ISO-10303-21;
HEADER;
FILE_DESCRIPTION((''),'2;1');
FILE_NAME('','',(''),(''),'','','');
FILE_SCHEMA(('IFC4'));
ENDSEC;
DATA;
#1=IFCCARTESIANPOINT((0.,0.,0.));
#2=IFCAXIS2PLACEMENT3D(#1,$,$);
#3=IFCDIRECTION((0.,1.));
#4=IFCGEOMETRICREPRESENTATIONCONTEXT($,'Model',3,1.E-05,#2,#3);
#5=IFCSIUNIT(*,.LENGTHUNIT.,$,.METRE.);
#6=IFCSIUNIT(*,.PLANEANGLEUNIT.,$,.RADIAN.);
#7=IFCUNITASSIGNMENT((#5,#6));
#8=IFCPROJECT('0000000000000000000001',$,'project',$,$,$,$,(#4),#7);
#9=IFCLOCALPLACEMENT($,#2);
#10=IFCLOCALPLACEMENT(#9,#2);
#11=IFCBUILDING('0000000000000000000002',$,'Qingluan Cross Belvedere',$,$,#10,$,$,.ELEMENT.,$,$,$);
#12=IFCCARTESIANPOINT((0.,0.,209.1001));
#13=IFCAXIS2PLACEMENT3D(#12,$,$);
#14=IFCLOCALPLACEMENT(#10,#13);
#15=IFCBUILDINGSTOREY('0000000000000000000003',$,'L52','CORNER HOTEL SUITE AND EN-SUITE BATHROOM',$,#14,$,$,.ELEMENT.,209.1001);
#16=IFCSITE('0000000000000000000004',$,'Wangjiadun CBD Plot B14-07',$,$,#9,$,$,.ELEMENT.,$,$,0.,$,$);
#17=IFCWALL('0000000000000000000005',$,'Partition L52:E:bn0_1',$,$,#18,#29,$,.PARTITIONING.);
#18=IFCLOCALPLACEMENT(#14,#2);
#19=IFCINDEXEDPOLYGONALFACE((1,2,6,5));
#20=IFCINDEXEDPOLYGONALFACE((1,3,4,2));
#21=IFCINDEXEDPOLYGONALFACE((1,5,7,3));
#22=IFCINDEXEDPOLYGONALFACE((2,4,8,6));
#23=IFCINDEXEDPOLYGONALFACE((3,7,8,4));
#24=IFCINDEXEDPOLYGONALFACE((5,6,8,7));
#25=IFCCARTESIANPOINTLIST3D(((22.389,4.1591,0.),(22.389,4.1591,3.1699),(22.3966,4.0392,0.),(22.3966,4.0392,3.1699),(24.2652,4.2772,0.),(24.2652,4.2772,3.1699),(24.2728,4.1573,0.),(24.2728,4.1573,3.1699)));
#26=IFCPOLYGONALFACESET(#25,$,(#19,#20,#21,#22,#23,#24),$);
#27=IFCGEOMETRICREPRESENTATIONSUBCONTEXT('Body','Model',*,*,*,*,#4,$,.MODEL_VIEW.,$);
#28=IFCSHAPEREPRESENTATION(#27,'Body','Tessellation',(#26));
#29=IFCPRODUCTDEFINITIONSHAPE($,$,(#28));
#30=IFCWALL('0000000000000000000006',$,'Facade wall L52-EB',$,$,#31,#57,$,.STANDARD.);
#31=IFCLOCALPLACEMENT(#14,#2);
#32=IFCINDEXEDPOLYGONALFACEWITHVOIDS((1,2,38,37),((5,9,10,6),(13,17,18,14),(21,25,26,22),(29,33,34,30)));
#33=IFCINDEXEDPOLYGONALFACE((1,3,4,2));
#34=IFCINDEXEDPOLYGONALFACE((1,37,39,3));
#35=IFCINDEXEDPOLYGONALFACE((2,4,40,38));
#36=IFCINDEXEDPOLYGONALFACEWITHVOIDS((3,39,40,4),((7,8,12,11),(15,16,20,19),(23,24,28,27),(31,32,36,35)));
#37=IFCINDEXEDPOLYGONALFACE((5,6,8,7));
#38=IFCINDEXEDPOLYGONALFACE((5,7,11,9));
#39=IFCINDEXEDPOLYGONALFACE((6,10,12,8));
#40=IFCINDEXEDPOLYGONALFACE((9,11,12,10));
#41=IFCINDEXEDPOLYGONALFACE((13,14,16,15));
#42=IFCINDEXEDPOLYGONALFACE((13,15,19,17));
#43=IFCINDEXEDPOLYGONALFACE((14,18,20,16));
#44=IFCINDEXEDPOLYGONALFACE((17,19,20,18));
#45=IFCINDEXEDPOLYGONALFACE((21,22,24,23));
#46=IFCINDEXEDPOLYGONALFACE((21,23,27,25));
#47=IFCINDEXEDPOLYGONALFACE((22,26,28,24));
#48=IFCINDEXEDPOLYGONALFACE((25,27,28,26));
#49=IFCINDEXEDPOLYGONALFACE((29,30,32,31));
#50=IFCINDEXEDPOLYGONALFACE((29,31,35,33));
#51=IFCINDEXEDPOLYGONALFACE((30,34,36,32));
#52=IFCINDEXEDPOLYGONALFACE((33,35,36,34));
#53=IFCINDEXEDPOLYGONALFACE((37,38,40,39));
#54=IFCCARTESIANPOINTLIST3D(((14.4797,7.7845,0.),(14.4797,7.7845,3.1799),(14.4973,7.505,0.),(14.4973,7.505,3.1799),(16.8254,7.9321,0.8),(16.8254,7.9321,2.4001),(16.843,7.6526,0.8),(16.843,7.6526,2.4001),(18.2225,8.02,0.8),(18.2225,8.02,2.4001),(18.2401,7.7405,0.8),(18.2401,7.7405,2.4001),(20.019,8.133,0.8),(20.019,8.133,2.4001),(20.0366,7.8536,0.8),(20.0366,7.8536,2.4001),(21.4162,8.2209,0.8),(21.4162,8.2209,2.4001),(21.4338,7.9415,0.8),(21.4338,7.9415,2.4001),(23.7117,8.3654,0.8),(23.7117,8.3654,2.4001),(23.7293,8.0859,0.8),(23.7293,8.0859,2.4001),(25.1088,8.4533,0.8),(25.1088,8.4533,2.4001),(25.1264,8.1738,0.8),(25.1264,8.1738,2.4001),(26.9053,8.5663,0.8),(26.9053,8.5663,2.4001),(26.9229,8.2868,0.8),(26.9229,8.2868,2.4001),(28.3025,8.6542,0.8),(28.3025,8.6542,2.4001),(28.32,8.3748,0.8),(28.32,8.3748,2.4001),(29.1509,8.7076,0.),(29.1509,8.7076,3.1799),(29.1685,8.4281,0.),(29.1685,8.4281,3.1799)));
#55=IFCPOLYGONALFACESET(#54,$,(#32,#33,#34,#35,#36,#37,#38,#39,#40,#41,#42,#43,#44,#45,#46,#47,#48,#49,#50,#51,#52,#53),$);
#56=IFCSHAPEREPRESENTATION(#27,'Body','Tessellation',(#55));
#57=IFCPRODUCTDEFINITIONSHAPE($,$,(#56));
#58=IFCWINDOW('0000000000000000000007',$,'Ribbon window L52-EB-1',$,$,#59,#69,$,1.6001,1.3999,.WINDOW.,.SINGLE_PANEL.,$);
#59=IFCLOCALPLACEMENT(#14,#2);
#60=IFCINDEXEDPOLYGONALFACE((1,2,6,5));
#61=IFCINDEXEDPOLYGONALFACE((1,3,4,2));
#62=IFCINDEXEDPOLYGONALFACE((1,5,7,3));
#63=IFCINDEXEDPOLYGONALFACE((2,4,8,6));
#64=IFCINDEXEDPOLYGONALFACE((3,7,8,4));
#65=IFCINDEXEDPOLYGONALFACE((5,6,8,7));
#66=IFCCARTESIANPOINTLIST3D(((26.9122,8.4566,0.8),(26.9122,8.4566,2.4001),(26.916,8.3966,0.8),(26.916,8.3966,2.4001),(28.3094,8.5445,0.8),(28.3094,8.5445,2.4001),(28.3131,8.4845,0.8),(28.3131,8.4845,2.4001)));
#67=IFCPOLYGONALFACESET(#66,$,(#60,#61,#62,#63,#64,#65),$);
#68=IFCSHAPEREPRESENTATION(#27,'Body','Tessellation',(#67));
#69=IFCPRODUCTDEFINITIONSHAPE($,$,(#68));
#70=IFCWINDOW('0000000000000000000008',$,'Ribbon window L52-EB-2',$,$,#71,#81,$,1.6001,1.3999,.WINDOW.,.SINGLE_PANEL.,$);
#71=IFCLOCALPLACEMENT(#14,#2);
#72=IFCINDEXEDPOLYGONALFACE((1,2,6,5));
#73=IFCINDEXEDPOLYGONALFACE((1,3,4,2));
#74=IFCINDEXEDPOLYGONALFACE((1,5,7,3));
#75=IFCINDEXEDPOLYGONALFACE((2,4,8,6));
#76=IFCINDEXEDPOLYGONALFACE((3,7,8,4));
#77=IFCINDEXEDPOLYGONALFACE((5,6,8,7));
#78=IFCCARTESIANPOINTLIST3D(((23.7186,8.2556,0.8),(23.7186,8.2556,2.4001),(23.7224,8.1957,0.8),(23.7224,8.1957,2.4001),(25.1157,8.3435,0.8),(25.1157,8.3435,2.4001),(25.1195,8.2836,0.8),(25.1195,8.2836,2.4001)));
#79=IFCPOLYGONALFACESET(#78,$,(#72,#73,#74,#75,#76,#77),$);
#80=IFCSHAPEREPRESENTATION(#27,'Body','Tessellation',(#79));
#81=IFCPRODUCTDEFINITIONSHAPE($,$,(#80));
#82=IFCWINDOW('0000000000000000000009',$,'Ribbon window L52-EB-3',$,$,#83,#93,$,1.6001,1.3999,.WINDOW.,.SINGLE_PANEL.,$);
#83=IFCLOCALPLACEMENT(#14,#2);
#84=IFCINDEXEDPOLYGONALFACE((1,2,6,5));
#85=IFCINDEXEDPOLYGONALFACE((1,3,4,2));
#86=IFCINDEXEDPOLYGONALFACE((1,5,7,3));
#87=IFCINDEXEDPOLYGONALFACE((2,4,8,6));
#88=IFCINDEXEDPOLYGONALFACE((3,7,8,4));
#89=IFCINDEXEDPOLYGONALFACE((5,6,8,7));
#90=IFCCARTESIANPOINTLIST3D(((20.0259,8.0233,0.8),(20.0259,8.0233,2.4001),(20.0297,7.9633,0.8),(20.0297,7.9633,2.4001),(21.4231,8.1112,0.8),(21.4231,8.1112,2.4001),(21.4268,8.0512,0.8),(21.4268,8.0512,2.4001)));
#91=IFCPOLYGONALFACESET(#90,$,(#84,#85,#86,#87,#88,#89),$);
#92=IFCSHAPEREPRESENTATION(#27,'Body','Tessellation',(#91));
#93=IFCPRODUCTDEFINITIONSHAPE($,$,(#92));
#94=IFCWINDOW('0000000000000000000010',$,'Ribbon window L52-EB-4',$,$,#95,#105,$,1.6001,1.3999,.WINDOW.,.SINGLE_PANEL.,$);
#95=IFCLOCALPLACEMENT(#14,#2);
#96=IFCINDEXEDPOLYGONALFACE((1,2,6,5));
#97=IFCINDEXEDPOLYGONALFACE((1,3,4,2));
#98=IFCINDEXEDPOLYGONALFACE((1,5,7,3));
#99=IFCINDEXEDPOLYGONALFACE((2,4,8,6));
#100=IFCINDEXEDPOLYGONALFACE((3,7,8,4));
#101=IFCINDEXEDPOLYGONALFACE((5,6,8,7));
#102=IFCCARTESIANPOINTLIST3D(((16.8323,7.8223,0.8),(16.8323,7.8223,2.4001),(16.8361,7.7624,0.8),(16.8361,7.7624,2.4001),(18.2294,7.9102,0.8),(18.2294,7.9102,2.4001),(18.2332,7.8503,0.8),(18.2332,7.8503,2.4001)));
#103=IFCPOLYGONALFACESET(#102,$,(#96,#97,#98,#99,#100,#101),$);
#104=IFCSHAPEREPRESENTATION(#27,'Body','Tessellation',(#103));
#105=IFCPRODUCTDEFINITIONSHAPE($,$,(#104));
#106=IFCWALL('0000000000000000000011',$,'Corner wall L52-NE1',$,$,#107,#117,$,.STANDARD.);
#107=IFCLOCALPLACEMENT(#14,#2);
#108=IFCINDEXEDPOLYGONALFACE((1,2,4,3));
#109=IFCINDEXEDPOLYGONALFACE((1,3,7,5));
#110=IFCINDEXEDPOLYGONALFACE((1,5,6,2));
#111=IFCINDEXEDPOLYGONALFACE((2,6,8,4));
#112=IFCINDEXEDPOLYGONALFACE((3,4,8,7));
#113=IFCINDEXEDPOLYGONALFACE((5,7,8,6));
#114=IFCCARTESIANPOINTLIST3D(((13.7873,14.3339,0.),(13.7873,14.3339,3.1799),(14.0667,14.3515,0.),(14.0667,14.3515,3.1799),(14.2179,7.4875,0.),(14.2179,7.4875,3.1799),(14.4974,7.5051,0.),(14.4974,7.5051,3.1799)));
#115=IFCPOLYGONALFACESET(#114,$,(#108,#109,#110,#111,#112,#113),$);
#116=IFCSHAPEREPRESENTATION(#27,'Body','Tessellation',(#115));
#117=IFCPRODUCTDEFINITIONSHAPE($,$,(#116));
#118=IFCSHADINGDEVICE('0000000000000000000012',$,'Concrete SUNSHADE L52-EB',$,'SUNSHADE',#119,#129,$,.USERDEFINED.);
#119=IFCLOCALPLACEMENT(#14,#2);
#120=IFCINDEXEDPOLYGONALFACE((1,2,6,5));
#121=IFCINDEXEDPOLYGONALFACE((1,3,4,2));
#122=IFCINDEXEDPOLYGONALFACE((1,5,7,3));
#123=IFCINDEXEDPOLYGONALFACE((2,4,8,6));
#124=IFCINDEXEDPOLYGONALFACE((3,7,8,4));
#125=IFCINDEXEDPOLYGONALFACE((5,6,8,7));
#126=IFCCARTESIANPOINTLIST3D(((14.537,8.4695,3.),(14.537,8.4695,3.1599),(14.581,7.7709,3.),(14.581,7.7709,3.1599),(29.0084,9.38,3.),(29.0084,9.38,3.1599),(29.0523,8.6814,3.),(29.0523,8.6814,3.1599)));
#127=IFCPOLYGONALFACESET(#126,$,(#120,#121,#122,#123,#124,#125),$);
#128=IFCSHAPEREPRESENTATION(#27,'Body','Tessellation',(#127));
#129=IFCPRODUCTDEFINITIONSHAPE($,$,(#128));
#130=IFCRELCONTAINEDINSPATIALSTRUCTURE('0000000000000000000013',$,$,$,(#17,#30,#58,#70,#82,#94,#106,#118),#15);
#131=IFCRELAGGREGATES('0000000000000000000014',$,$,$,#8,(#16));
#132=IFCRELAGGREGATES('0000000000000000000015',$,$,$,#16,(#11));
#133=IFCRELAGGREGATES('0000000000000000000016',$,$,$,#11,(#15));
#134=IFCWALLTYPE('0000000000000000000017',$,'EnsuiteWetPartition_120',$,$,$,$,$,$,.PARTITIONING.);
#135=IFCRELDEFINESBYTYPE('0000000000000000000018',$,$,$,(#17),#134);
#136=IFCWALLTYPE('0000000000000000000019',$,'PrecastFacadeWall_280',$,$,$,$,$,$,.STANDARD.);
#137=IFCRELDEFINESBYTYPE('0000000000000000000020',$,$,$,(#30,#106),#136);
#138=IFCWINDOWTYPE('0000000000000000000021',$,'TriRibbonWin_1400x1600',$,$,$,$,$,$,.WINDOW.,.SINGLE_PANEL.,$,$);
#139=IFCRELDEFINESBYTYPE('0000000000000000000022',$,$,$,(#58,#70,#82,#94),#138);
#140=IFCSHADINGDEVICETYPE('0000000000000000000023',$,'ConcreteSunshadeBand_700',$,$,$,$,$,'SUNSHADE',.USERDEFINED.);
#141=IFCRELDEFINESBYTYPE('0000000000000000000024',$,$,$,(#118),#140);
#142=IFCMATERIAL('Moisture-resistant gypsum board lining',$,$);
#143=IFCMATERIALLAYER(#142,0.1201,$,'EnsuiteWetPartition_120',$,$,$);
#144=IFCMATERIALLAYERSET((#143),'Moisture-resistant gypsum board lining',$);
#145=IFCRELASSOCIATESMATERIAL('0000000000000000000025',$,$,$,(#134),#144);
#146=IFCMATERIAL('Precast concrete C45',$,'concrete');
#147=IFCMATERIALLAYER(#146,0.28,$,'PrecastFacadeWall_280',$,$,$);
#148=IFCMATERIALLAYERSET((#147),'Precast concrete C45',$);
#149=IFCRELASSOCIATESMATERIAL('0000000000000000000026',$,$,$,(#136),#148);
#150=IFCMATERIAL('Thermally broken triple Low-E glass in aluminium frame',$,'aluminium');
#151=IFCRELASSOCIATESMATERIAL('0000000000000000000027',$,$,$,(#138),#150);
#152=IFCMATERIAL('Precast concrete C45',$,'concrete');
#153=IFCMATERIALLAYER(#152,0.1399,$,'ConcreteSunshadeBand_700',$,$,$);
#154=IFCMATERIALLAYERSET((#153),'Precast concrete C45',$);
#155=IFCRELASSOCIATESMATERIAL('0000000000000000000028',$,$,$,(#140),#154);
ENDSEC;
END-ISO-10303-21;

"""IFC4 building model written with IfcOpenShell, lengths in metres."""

from ifc_helpers import new_model, si_unit, direction, frame, frame_2d, origin, origin_2d, place, context, subcontext, project, spatial, rectangle, extrude, material, layer, layer_set, type_object, element, fill, save


model = new_model("IFC4")

# Units and contexts
model_context = context("Model", 3, precision=1e-05, world=origin(), true_north=direction((0.0, 1.0)))
body_context = subcontext(model_context, "Body", "Model", "MODEL_VIEW")
ifc_project = project(units=[si_unit("LENGTHUNIT", "METRE"), si_unit("PLANEANGLEUNIT", "RADIAN")], contexts=[model_context])

# Site, building, storey
site_placement = place(None, origin())
site = spatial("IfcSite", under=ifc_project, at=site_placement, Name="Wangjiadun CBD Plot B14-07", CompositionType="ELEMENT", RefElevation=0.0)
building_placement = place(site_placement, origin())
building = spatial("IfcBuilding", under=site, at=building_placement, Name="Qingluan Cross Belvedere", CompositionType="ELEMENT")
storey_placement = place(building_placement, frame((0.0, 0.0, 209.1001)))
storey = spatial("IfcBuildingStorey", under=building, at=storey_placement, Name="L52", Description="CORNER HOTEL SUITE AND EN-SUITE BATHROOM", CompositionType="ELEMENT", Elevation=209.1001)

# Shared definitions
ifc_material_1 = material(Name="Moisture-resistant gypsum board lining")
ifc_layer_1 = layer(ifc_material_1, 0.1201, Name="EnsuiteWetPartition_120")
ifc_layer_set_1 = layer_set([ifc_layer_1], Name="Moisture-resistant gypsum board lining")
wall_type_1 = type_object("IfcWallType", Name="EnsuiteWetPartition_120", PredefinedType="PARTITIONING", material=ifc_layer_set_1)

# Wall
wall_1_placement = place(storey_placement, frame((22.3928, 4.0991, 0.0), z_axis=(0.0, 0.0, 1.0), x_axis=(0.998023, 0.062855, 0.0)))
element("IfcWall", 1, at=wall_1_placement, inside=storey, type_object=wall_type_1, Name="Partition L52:E:bn0_1", PredefinedType="PARTITIONING", context=body_context, shape_type="SweptSolid", body=[
    extrude(rectangle(XDim=1.8799, YDim=0.1201, at=frame_2d((0.9399, 0.0))), origin(), (0.0, 0.0, 1.0), 3.1699),
])

# Wall, openings, windows
ifc_material_2 = material(Name="Precast concrete C45", Category="concrete")
ifc_layer_2 = layer(ifc_material_2, 0.28, Name="PrecastFacadeWall_280")
ifc_layer_set_2 = layer_set([ifc_layer_2], Name="Precast concrete C45")
wall_type_2 = type_object("IfcWallType", Name="PrecastFacadeWall_280", PredefinedType="STANDARD", material=ifc_layer_set_2)
wall_2_placement = place(storey_placement, frame((29.1597, 8.5679, 0.0), z_axis=(0.0, 0.0, 1.0), x_axis=(-0.998026, -0.062795, 0.0)))
wall_2 = element("IfcWall", 2, at=wall_2_placement, inside=storey, type_object=wall_type_2, Name="Facade wall L52-EB", PredefinedType="STANDARD", context=body_context, shape_type="SweptSolid", body=[
    extrude(rectangle(XDim=14.7002, YDim=0.28, at=frame_2d((7.3501, 0.0))), origin(), (0.0, 0.0, 1.0), 3.1799),
])
opening_1_placement = place(wall_2_placement, frame((0.8501, 0.0, 0.8)))
opening_1 = element("IfcOpeningElement", 3, at=opening_1_placement, cuts=wall_2, PredefinedType="OPENING", context=body_context, shape_type="SweptSolid", body=[
    extrude(rectangle(XDim=1.3999, YDim=1.6001, at=frame_2d((0.7, 0.8))), frame((0.0, 0.1499, 0.0), z_axis=(0.0, -1.0, 0.0), x_axis=(1.0, 0.0, 0.0)), (0.0, 0.0, 1.0), 0.3),
])
opening_2_placement = place(wall_2_placement, frame((4.05, 0.0, 0.8)))
opening_2 = element("IfcOpeningElement", 4, at=opening_2_placement, cuts=wall_2, PredefinedType="OPENING", context=body_context, shape_type="SweptSolid", body=[
    extrude(rectangle(XDim=1.3999, YDim=1.6001, at=frame_2d((0.7, 0.8))), frame((0.0, 0.1499, 0.0), z_axis=(0.0, -1.0, 0.0), x_axis=(1.0, 0.0, 0.0)), (0.0, 0.0, 1.0), 0.3),
])
opening_3_placement = place(wall_2_placement, frame((7.75, 0.0, 0.8)))
opening_3 = element("IfcOpeningElement", 5, at=opening_3_placement, cuts=wall_2, PredefinedType="OPENING", context=body_context, shape_type="SweptSolid", body=[
    extrude(rectangle(XDim=1.3999, YDim=1.6001, at=frame_2d((0.7, 0.8))), frame((0.0, 0.1499, 0.0), z_axis=(0.0, -1.0, 0.0), x_axis=(1.0, 0.0, 0.0)), (0.0, 0.0, 1.0), 0.3),
])
opening_4_placement = place(wall_2_placement, frame((10.95, 0.0, 0.8)))
opening_4 = element("IfcOpeningElement", 6, at=opening_4_placement, cuts=wall_2, PredefinedType="OPENING", context=body_context, shape_type="SweptSolid", body=[
    extrude(rectangle(XDim=1.3999, YDim=1.6001, at=frame_2d((0.7, 0.8))), frame((0.0, 0.1499, 0.0), z_axis=(0.0, -1.0, 0.0), x_axis=(1.0, 0.0, 0.0)), (0.0, 0.0, 1.0), 0.3),
])
ifc_material_3 = material(Name="Thermally broken triple Low-E glass in aluminium frame", Category="aluminium")
window_type = type_object("IfcWindowType", Name="TriRibbonWin_1400x1600", PartitioningType="SINGLE_PANEL", PredefinedType="WINDOW", material=ifc_material_3)
window_1_placement = place(opening_1_placement, origin())
window_1 = element("IfcWindow", 7, at=window_1_placement, inside=storey, type_object=window_type, Name="Ribbon window L52-EB-1", OverallHeight=1.6001, OverallWidth=1.3999, PartitioningType="SINGLE_PANEL", PredefinedType="WINDOW", context=body_context, shape_type="SweptSolid", body=[
    extrude(rectangle(XDim=1.3999, YDim=1.6001, at=frame_2d((0.7, 0.8))), frame((0.0, 0.03, 0.0), z_axis=(0.0, -1.0, 0.0), x_axis=(1.0, 0.0, 0.0)), (0.0, 0.0, 1.0), 0.0601),
])
fill(opening_1, window_1)
window_2_placement = place(opening_2_placement, origin())
window_2 = element("IfcWindow", 8, at=window_2_placement, inside=storey, type_object=window_type, Name="Ribbon window L52-EB-2", OverallHeight=1.6001, OverallWidth=1.3999, PartitioningType="SINGLE_PANEL", PredefinedType="WINDOW", context=body_context, shape_type="SweptSolid", body=[
    extrude(rectangle(XDim=1.3999, YDim=1.6001, at=frame_2d((0.7, 0.8))), frame((0.0, 0.03, 0.0), z_axis=(0.0, -1.0, 0.0), x_axis=(1.0, 0.0, 0.0)), (0.0, 0.0, 1.0), 0.0601),
])
fill(opening_2, window_2)
window_3_placement = place(opening_3_placement, origin())
window_3 = element("IfcWindow", 9, at=window_3_placement, inside=storey, type_object=window_type, Name="Ribbon window L52-EB-3", OverallHeight=1.6001, OverallWidth=1.3999, PartitioningType="SINGLE_PANEL", PredefinedType="WINDOW", context=body_context, shape_type="SweptSolid", body=[
    extrude(rectangle(XDim=1.3999, YDim=1.6001, at=frame_2d((0.7, 0.8))), frame((0.0, 0.03, 0.0), z_axis=(0.0, -1.0, 0.0), x_axis=(1.0, 0.0, 0.0)), (0.0, 0.0, 1.0), 0.0601),
])
fill(opening_3, window_3)
window_4_placement = place(opening_4_placement, origin())
window_4 = element("IfcWindow", 10, at=window_4_placement, inside=storey, type_object=window_type, Name="Ribbon window L52-EB-4", OverallHeight=1.6001, OverallWidth=1.3999, PartitioningType="SINGLE_PANEL", PredefinedType="WINDOW", context=body_context, shape_type="SweptSolid", body=[
    extrude(rectangle(XDim=1.3999, YDim=1.6001, at=frame_2d((0.7, 0.8))), frame((0.0, 0.03, 0.0), z_axis=(0.0, -1.0, 0.0), x_axis=(1.0, 0.0, 0.0)), (0.0, 0.0, 1.0), 0.0601),
])
fill(opening_4, window_4)

# Wall
wall_3_placement = place(storey_placement, frame((14.3577, 7.4963, 0.0), z_axis=(0.0, 0.0, 1.0), x_axis=(-0.062779, 0.998027, 0.0)))
element("IfcWall", 11, at=wall_3_placement, inside=storey, type_object=wall_type_2, Name="Corner wall L52-NE1", PredefinedType="STANDARD", context=body_context, shape_type="SweptSolid", body=[
    extrude(rectangle(XDim=6.8599, YDim=0.28, at=frame_2d((3.4299, 0.0))), origin(), (0.0, 0.0, 1.0), 3.1799),
])

# Shading device
ifc_material_4 = material(Name="Precast concrete C45", Category="concrete")
ifc_layer_3 = layer(ifc_material_4, 0.1399, Name="ConcreteSunshadeBand_700")
ifc_layer_set_3 = layer_set([ifc_layer_3], Name="Precast concrete C45")
shading_device_type = type_object("IfcShadingDeviceType", Name="ConcreteSunshadeBand_700", ElementType="SUNSHADE", PredefinedType="USERDEFINED", material=ifc_layer_set_3)
shading_device_placement = place(storey_placement, frame((21.7947, 8.5754, 3.0), z_axis=(0.0, 0.0, 1.0), x_axis=(-0.998026, -0.062796, 0.0)))
element("IfcShadingDevice", 12, at=shading_device_placement, inside=storey, type_object=shading_device_type, Name="Concrete SUNSHADE L52-EB", ObjectType="SUNSHADE", PredefinedType="USERDEFINED", context=body_context, shape_type="SweptSolid", body=[
    extrude(rectangle(XDim=14.5, YDim=0.7, at=origin_2d()), origin(), (0.0, 0.0, 1.0), 0.1599),
])

save(model, "model.ifc")
